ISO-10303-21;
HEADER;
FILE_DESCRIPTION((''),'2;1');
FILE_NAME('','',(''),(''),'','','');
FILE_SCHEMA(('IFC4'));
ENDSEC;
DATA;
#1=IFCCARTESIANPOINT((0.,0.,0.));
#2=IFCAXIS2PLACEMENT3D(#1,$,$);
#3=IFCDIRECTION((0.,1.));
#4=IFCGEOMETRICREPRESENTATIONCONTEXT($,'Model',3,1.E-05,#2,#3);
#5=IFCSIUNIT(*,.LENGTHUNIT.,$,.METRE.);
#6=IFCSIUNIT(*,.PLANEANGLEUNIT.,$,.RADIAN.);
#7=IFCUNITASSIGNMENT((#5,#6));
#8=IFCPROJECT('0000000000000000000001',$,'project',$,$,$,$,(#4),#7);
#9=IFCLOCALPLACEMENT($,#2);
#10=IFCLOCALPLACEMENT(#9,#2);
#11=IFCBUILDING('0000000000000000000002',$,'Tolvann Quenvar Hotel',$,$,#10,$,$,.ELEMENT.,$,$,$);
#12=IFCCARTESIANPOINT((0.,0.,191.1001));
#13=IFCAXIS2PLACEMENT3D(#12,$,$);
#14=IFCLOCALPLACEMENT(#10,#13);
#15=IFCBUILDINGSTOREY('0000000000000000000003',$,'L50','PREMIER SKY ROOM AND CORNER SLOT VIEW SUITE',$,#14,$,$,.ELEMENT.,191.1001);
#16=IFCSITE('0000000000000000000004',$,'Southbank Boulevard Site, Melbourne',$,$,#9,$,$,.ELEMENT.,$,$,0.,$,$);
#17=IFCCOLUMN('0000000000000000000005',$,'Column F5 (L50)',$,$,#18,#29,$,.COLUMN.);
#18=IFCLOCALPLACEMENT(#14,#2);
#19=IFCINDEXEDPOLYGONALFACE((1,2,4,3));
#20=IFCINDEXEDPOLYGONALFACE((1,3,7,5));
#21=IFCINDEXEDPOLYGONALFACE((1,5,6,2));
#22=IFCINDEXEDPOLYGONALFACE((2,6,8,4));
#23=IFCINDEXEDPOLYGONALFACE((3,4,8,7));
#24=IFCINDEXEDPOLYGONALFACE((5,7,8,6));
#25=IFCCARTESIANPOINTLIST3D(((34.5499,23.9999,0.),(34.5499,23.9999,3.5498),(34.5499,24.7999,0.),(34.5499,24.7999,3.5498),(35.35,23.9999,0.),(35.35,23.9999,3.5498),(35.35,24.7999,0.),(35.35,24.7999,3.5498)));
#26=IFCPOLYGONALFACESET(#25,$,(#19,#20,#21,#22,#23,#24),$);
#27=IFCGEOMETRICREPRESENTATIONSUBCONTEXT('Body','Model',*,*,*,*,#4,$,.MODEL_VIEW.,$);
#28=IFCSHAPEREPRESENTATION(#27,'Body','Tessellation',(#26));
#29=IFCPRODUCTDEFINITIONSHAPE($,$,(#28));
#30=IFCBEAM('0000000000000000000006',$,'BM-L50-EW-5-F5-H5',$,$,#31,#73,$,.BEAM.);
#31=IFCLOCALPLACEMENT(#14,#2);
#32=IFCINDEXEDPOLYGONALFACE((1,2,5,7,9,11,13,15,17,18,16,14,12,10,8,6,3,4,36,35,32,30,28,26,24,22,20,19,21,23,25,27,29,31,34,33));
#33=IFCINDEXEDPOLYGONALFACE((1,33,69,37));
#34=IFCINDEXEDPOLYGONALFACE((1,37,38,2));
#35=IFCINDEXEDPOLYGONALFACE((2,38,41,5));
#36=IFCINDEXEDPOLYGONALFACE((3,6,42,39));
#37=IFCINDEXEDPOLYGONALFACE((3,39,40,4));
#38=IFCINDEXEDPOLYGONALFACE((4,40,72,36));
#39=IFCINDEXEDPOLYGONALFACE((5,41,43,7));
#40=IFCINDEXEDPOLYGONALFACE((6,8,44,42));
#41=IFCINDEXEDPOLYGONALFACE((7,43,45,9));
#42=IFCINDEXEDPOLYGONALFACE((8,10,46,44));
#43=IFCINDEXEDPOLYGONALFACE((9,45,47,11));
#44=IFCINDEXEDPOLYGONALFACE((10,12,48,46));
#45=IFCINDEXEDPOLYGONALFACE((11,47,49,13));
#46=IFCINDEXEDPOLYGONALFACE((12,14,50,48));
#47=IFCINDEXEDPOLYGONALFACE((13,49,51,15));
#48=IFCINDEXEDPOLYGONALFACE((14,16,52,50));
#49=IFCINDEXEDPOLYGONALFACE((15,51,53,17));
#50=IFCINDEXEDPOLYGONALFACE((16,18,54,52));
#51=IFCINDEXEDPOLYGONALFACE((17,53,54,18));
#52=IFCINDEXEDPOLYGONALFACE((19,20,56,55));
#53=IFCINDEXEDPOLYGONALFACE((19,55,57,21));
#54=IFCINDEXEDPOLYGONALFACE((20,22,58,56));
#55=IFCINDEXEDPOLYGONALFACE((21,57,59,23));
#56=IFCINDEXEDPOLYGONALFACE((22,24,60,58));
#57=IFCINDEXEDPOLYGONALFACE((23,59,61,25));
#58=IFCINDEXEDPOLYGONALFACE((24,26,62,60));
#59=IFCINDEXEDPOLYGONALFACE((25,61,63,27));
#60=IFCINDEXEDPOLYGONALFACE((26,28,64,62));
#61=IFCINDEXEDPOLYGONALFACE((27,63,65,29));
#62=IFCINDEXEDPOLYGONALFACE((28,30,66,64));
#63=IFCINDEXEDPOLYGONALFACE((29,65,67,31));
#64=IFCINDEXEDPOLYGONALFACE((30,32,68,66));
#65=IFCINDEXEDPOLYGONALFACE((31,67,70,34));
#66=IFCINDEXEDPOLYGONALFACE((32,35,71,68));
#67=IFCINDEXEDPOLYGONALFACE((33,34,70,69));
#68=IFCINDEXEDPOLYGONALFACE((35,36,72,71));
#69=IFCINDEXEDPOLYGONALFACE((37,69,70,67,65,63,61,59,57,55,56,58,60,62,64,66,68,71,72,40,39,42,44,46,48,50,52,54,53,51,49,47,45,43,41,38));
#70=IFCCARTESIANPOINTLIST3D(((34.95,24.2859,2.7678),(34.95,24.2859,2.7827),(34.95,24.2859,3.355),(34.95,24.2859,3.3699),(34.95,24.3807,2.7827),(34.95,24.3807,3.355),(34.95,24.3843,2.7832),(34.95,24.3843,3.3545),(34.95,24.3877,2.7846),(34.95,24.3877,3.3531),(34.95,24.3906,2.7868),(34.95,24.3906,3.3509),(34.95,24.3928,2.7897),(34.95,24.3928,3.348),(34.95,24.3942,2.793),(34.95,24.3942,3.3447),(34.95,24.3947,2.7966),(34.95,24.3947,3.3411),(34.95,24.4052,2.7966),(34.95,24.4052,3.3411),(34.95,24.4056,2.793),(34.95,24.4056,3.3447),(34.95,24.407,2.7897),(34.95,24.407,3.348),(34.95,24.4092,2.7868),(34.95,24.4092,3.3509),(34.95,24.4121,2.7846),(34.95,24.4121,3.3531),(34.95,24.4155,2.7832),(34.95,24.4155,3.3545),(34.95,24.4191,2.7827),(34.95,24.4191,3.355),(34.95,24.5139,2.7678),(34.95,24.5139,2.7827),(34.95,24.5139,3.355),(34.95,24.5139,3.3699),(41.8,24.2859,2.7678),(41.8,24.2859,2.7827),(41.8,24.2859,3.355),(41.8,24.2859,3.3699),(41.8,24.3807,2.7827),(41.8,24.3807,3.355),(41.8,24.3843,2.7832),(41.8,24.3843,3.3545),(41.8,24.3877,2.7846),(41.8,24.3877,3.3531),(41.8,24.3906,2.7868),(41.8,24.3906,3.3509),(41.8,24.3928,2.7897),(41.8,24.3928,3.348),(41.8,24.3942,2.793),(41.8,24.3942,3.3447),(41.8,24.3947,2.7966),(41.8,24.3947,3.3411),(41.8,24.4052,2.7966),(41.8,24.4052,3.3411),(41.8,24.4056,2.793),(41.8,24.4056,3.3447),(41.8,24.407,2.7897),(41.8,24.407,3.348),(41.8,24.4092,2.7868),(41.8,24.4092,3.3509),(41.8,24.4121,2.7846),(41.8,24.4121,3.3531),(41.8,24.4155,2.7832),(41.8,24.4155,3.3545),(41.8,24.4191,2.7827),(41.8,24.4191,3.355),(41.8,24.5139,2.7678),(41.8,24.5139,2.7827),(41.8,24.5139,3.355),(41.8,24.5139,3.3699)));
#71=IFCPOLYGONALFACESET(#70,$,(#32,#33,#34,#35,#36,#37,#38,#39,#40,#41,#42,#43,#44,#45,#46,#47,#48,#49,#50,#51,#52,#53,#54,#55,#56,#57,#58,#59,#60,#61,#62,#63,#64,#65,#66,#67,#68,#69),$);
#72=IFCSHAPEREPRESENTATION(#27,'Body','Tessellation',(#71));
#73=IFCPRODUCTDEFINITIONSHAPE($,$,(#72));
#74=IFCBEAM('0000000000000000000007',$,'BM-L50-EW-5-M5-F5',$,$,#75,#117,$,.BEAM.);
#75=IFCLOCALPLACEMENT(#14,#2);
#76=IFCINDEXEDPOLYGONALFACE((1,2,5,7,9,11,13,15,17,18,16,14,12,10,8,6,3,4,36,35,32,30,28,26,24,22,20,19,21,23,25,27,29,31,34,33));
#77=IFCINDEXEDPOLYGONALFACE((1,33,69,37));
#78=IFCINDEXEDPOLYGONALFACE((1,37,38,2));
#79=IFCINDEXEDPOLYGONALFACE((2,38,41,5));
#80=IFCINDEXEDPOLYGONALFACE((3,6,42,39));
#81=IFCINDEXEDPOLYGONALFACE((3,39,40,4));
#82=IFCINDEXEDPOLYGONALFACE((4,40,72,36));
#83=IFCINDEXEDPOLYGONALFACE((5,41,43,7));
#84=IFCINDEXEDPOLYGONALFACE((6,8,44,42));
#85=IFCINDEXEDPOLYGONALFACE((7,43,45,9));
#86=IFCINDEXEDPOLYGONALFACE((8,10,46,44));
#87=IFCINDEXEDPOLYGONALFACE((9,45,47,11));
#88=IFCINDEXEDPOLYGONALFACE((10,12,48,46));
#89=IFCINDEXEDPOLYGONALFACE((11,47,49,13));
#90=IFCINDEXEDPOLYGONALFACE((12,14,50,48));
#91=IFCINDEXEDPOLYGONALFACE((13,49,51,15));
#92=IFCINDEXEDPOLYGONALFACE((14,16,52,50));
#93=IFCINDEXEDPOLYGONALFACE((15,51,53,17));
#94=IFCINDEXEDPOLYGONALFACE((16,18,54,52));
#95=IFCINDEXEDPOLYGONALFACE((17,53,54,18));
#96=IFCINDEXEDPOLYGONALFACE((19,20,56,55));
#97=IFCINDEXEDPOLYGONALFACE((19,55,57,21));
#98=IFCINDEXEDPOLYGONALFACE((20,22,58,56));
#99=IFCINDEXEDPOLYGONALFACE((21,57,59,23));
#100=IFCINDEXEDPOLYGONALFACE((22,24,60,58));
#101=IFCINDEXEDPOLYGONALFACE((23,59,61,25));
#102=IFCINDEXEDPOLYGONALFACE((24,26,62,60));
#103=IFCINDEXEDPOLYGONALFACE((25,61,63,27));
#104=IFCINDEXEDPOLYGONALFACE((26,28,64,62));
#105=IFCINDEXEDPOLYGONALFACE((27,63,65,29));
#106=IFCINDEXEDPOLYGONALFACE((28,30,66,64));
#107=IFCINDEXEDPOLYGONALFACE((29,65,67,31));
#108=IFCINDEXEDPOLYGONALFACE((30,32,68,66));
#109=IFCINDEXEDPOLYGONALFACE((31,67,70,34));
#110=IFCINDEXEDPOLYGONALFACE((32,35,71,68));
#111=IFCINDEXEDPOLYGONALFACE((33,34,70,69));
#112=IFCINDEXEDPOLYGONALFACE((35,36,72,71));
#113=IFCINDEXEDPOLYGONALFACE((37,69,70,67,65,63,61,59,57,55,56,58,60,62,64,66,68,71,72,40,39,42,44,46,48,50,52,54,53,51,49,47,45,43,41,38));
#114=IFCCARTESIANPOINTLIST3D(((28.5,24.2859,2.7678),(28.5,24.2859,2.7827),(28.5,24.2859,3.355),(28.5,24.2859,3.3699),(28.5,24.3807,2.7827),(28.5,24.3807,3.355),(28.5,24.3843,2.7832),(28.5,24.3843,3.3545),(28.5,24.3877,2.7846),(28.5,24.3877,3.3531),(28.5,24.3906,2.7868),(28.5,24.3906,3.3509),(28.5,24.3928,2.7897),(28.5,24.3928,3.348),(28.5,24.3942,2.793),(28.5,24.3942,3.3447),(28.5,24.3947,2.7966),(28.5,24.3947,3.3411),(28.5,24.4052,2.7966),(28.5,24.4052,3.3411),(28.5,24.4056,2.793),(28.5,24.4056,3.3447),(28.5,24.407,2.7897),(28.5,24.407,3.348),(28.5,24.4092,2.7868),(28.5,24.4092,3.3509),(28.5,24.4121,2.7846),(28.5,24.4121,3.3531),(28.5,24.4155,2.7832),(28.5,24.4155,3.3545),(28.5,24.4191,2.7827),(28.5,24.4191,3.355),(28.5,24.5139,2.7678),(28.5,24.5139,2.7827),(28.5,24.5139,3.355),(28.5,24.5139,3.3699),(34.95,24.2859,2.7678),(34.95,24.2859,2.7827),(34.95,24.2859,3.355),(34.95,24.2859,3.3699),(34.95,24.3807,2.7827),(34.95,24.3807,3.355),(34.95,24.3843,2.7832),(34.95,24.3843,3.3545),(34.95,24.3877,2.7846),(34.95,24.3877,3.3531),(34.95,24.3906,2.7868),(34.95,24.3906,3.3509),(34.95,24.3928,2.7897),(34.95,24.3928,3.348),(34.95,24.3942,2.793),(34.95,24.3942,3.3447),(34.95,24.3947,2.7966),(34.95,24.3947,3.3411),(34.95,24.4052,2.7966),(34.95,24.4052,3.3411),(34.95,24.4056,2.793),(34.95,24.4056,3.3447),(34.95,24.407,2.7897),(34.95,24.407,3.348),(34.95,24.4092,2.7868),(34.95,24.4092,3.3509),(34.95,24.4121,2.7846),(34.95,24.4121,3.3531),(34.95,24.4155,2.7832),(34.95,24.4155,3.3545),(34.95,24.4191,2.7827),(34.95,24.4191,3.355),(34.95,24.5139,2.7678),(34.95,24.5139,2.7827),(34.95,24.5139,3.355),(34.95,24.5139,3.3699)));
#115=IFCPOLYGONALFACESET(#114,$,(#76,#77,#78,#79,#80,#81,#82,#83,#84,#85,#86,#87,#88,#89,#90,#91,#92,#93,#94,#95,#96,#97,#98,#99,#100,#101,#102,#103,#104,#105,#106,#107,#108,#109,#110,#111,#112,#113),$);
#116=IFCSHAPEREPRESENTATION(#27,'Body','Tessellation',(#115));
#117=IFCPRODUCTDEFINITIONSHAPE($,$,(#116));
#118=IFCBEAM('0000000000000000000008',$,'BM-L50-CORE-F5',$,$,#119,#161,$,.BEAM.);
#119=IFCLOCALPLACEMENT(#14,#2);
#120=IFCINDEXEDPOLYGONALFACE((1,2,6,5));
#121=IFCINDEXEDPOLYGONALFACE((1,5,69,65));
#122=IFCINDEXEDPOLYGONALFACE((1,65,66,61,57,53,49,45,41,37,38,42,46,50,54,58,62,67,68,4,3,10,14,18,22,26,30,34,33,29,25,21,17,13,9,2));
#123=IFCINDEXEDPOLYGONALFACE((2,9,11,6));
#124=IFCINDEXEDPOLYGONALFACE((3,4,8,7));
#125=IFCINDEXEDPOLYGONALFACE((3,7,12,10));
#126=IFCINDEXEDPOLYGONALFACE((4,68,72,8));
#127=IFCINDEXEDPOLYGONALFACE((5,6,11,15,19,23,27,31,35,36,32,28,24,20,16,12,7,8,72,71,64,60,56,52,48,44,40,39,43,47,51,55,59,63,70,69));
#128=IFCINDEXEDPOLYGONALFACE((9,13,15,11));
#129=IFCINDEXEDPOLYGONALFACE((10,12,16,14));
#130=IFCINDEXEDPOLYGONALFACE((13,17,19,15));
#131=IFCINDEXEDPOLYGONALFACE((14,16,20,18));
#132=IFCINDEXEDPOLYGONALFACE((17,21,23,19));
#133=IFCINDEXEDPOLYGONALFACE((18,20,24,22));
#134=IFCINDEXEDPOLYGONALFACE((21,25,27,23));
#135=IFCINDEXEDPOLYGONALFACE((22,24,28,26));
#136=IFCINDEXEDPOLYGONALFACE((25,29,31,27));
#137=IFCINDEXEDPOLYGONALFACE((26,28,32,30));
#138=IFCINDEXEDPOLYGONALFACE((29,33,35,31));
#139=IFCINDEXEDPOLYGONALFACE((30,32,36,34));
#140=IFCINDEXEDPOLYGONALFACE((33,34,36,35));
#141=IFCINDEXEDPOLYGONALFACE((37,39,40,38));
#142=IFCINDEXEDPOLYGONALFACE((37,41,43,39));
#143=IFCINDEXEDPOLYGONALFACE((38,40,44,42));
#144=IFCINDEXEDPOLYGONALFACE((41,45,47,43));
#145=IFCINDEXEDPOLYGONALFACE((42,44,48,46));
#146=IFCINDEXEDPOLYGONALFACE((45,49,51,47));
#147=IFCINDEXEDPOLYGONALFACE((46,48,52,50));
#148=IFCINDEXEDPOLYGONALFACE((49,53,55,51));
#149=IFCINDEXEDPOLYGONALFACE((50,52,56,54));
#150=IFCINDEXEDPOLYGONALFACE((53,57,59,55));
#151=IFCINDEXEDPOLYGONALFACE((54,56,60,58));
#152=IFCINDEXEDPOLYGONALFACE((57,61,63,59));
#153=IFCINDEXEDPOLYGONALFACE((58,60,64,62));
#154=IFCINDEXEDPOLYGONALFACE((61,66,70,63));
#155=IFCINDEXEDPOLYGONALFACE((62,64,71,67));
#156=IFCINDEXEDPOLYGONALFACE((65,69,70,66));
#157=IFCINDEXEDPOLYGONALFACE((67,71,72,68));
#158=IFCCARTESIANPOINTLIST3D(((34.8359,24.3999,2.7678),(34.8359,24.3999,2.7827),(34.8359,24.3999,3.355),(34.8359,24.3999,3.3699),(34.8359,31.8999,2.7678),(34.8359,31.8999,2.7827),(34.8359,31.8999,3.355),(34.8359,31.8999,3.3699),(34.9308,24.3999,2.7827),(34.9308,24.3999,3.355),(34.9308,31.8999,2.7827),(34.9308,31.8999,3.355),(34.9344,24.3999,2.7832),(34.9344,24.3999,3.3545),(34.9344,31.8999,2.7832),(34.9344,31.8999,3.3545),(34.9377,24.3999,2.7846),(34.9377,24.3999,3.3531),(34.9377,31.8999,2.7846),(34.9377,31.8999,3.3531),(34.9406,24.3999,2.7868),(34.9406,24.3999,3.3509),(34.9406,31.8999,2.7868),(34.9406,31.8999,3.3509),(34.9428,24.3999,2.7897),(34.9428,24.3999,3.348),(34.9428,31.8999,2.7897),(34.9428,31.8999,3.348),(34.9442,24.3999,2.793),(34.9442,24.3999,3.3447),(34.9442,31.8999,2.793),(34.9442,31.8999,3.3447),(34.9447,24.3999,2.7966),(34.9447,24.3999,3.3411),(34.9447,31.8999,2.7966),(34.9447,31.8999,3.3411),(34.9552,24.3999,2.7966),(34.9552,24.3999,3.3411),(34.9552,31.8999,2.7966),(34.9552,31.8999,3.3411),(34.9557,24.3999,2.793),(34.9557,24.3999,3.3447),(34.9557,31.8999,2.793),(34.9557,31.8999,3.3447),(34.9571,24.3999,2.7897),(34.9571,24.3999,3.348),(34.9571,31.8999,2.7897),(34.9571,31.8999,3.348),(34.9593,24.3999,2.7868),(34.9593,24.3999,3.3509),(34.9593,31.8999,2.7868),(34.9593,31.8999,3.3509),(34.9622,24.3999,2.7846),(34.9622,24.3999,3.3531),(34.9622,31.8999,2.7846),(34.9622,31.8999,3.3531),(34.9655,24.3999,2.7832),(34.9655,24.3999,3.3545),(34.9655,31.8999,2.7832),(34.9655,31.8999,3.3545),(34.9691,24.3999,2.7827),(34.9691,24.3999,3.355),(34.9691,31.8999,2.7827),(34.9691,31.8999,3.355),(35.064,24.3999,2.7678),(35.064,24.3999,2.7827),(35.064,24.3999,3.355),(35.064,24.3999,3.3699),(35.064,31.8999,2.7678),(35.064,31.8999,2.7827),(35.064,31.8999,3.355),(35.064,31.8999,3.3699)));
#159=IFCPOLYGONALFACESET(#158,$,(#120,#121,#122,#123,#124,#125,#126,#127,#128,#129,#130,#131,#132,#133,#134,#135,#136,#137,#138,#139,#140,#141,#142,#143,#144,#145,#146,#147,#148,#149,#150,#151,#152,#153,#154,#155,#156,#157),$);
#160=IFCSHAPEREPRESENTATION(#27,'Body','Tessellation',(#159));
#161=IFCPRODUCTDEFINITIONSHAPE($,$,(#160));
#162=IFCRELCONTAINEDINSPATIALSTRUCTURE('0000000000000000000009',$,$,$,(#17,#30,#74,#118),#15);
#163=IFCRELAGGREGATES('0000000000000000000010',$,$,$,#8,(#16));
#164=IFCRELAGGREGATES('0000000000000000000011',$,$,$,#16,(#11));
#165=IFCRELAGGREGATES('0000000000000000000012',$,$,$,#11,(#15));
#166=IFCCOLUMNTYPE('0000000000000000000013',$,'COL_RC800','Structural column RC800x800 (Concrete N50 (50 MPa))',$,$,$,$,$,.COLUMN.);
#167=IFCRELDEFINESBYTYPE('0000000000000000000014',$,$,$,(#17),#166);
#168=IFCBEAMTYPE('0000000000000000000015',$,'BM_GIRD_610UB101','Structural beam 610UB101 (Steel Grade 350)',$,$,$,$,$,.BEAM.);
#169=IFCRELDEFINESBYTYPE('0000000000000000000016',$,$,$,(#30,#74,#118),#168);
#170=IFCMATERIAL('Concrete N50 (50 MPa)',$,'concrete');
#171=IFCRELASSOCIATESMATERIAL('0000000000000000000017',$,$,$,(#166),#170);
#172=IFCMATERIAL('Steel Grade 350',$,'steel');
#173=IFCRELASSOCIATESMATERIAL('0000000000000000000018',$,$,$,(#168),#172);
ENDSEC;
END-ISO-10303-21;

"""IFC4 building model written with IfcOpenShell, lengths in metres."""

from ifc_helpers import new_model, si_unit, direction, frame, origin, origin_2d, place, context, subcontext, project, spatial, rectangle, i_section, extrude, source, transform, mapped, material, material_profile, profile_set, type_object, type_shapes, element, save


model = new_model("IFC4")

# Units and contexts
model_context = context("Model", 3, precision=1e-05, world=origin(), true_north=direction((0.0, 1.0)))
body_context = subcontext(model_context, "Body", "Model", "MODEL_VIEW")
ifc_project = project(units=[si_unit("LENGTHUNIT", "METRE"), si_unit("PLANEANGLEUNIT", "RADIAN")], contexts=[model_context])

# Site, building, storey
site_placement = place(None, origin())
site = spatial("IfcSite", under=ifc_project, at=site_placement, Name="Southbank Boulevard Site, Melbourne", CompositionType="ELEMENT", RefElevation=0.0)
building_placement = place(site_placement, origin())
building = spatial("IfcBuilding", under=site, at=building_placement, Name="Tolvann Quenvar Hotel", CompositionType="ELEMENT")
storey_placement = place(building_placement, frame((0.0, 0.0, 191.1001)))
storey = spatial("IfcBuildingStorey", under=building, at=storey_placement, Name="L50", Description="PREMIER SKY ROOM AND CORNER SLOT VIEW SUITE", CompositionType="ELEMENT", Elevation=191.1001)

# Column
ifc_material_1 = material(Name="Concrete N50 (50 MPa)", Category="concrete")
ifc_material_profile_1 = material_profile(ifc_material_1, rectangle(XDim=0.8, YDim=0.8, at=origin_2d()), Name="RC800x800")
ifc_profile_set_1 = profile_set([ifc_material_profile_1], Name="Concrete N50 (50 MPa)")
column_type = type_object("IfcColumnType", Name="COL_RC800", Description="Structural column RC800x800 (Concrete N50 (50 MPa))", PredefinedType="COLUMN", material=ifc_profile_set_1)
shared_shape_1 = source(origin(), body_context, "Body", "SweptSolid", [
    extrude(rectangle(XDim=0.8, YDim=0.8, at=origin_2d()), origin(), (0.0, 0.0, 1.0), 3.5498),
])
type_shapes(column_type, [shared_shape_1])
column_placement = place(storey_placement, frame((34.95, 24.3999, 0.0), z_axis=(0.0, 0.0, 1.0), x_axis=(1.0, 0.0, 0.0)))
element("IfcColumn", 1, at=column_placement, inside=storey, type_object=column_type, Name="Column F5 (L50)", PredefinedType="COLUMN", context=body_context, shape_type="MappedRepresentation", body=[
    mapped(shared_shape_1, transform((0.0, 0.0, 0.0), x_axis=(1.0, 0.0, 0.0), y_axis=(0.0, 1.0, 0.0), z_axis=(0.0, 0.0, 1.0), scale=1.0)),
])

# Beams
ifc_material_2 = material(Name="Steel Grade 350", Category="steel")
ifc_material_profile_2 = material_profile(ifc_material_2, i_section(OverallWidth=0.228, OverallDepth=0.6021, WebThickness=0.0105, FlangeThickness=0.0149, FilletRadius=0.0139, at=origin_2d()), Name="610UB101")
ifc_profile_set_2 = profile_set([ifc_material_profile_2], Name="Steel Grade 350")
beam_type = type_object("IfcBeamType", Name="BM_GIRD_610UB101", Description="Structural beam 610UB101 (Steel Grade 350)", PredefinedType="BEAM", material=ifc_profile_set_2)
shared_shape_2 = source(origin(), body_context, "Body", "SweptSolid", [
    extrude(i_section(OverallWidth=0.228, OverallDepth=0.6021, WebThickness=0.0105, FlangeThickness=0.0149, FilletRadius=0.0139, at=origin_2d()), origin(), (0.0, 0.0, 1.0), 6.8501),
])
beam_1_placement = place(storey_placement, frame((34.95, 24.3999, 3.0688), z_axis=(1.0, 0.0, 0.0), x_axis=(0.0, 1.0, 0.0)))
element("IfcBeam", 2, at=beam_1_placement, inside=storey, type_object=beam_type, Name="BM-L50-EW-5-F5-H5", PredefinedType="BEAM", context=body_context, shape_type="MappedRepresentation", body=[
    mapped(shared_shape_2, transform((0.0, 0.0, 0.0), x_axis=(1.0, 0.0, 0.0), y_axis=(0.0, 1.0, 0.0), z_axis=(0.0, 0.0, 1.0), scale=1.0)),
])
shared_shape_3 = source(origin(), body_context, "Body", "SweptSolid", [
    extrude(i_section(OverallWidth=0.228, OverallDepth=0.6021, WebThickness=0.0105, FlangeThickness=0.0149, FilletRadius=0.0139, at=origin_2d()), origin(), (0.0, 0.0, 1.0), 6.45),
])
beam_2_placement = place(storey_placement, frame((28.5, 24.3999, 3.0688), z_axis=(1.0, 0.0, 0.0), x_axis=(0.0, 1.0, 0.0)))
element("IfcBeam", 3, at=beam_2_placement, inside=storey, type_object=beam_type, Name="BM-L50-EW-5-M5-F5", PredefinedType="BEAM", context=body_context, shape_type="MappedRepresentation", body=[
    mapped(shared_shape_3, transform((0.0, 0.0, 0.0), x_axis=(1.0, 0.0, 0.0), y_axis=(0.0, 1.0, 0.0), z_axis=(0.0, 0.0, 1.0), scale=1.0)),
])
shared_shape_4 = source(origin(), body_context, "Body", "SweptSolid", [
    extrude(i_section(OverallWidth=0.228, OverallDepth=0.6021, WebThickness=0.0105, FlangeThickness=0.0149, FilletRadius=0.0139, at=origin_2d()), origin(), (0.0, 0.0, 1.0), 7.5),
])
type_shapes(beam_type, [shared_shape_2, shared_shape_3, shared_shape_4])
for number, where, z_axis, x_axis, name in (
    (4, (34.95, 24.3999, 3.0688), (0.0, 1.0, 0.0), (-1.0, 0.0, 0.0), "BM-L50-CORE-F5"),
):
    element("IfcBeam", number, at=place(storey_placement, frame(where, z_axis=z_axis, x_axis=x_axis)), inside=storey, type_object=beam_type, Name=name, PredefinedType="BEAM", context=body_context, shape_type="MappedRepresentation", body=[
        mapped(shared_shape_4, transform((0.0, 0.0, 0.0), x_axis=(1.0, 0.0, 0.0), y_axis=(0.0, 1.0, 0.0), z_axis=(0.0, 0.0, 1.0), scale=1.0)),
    ])

save(model, "model.ifc")
